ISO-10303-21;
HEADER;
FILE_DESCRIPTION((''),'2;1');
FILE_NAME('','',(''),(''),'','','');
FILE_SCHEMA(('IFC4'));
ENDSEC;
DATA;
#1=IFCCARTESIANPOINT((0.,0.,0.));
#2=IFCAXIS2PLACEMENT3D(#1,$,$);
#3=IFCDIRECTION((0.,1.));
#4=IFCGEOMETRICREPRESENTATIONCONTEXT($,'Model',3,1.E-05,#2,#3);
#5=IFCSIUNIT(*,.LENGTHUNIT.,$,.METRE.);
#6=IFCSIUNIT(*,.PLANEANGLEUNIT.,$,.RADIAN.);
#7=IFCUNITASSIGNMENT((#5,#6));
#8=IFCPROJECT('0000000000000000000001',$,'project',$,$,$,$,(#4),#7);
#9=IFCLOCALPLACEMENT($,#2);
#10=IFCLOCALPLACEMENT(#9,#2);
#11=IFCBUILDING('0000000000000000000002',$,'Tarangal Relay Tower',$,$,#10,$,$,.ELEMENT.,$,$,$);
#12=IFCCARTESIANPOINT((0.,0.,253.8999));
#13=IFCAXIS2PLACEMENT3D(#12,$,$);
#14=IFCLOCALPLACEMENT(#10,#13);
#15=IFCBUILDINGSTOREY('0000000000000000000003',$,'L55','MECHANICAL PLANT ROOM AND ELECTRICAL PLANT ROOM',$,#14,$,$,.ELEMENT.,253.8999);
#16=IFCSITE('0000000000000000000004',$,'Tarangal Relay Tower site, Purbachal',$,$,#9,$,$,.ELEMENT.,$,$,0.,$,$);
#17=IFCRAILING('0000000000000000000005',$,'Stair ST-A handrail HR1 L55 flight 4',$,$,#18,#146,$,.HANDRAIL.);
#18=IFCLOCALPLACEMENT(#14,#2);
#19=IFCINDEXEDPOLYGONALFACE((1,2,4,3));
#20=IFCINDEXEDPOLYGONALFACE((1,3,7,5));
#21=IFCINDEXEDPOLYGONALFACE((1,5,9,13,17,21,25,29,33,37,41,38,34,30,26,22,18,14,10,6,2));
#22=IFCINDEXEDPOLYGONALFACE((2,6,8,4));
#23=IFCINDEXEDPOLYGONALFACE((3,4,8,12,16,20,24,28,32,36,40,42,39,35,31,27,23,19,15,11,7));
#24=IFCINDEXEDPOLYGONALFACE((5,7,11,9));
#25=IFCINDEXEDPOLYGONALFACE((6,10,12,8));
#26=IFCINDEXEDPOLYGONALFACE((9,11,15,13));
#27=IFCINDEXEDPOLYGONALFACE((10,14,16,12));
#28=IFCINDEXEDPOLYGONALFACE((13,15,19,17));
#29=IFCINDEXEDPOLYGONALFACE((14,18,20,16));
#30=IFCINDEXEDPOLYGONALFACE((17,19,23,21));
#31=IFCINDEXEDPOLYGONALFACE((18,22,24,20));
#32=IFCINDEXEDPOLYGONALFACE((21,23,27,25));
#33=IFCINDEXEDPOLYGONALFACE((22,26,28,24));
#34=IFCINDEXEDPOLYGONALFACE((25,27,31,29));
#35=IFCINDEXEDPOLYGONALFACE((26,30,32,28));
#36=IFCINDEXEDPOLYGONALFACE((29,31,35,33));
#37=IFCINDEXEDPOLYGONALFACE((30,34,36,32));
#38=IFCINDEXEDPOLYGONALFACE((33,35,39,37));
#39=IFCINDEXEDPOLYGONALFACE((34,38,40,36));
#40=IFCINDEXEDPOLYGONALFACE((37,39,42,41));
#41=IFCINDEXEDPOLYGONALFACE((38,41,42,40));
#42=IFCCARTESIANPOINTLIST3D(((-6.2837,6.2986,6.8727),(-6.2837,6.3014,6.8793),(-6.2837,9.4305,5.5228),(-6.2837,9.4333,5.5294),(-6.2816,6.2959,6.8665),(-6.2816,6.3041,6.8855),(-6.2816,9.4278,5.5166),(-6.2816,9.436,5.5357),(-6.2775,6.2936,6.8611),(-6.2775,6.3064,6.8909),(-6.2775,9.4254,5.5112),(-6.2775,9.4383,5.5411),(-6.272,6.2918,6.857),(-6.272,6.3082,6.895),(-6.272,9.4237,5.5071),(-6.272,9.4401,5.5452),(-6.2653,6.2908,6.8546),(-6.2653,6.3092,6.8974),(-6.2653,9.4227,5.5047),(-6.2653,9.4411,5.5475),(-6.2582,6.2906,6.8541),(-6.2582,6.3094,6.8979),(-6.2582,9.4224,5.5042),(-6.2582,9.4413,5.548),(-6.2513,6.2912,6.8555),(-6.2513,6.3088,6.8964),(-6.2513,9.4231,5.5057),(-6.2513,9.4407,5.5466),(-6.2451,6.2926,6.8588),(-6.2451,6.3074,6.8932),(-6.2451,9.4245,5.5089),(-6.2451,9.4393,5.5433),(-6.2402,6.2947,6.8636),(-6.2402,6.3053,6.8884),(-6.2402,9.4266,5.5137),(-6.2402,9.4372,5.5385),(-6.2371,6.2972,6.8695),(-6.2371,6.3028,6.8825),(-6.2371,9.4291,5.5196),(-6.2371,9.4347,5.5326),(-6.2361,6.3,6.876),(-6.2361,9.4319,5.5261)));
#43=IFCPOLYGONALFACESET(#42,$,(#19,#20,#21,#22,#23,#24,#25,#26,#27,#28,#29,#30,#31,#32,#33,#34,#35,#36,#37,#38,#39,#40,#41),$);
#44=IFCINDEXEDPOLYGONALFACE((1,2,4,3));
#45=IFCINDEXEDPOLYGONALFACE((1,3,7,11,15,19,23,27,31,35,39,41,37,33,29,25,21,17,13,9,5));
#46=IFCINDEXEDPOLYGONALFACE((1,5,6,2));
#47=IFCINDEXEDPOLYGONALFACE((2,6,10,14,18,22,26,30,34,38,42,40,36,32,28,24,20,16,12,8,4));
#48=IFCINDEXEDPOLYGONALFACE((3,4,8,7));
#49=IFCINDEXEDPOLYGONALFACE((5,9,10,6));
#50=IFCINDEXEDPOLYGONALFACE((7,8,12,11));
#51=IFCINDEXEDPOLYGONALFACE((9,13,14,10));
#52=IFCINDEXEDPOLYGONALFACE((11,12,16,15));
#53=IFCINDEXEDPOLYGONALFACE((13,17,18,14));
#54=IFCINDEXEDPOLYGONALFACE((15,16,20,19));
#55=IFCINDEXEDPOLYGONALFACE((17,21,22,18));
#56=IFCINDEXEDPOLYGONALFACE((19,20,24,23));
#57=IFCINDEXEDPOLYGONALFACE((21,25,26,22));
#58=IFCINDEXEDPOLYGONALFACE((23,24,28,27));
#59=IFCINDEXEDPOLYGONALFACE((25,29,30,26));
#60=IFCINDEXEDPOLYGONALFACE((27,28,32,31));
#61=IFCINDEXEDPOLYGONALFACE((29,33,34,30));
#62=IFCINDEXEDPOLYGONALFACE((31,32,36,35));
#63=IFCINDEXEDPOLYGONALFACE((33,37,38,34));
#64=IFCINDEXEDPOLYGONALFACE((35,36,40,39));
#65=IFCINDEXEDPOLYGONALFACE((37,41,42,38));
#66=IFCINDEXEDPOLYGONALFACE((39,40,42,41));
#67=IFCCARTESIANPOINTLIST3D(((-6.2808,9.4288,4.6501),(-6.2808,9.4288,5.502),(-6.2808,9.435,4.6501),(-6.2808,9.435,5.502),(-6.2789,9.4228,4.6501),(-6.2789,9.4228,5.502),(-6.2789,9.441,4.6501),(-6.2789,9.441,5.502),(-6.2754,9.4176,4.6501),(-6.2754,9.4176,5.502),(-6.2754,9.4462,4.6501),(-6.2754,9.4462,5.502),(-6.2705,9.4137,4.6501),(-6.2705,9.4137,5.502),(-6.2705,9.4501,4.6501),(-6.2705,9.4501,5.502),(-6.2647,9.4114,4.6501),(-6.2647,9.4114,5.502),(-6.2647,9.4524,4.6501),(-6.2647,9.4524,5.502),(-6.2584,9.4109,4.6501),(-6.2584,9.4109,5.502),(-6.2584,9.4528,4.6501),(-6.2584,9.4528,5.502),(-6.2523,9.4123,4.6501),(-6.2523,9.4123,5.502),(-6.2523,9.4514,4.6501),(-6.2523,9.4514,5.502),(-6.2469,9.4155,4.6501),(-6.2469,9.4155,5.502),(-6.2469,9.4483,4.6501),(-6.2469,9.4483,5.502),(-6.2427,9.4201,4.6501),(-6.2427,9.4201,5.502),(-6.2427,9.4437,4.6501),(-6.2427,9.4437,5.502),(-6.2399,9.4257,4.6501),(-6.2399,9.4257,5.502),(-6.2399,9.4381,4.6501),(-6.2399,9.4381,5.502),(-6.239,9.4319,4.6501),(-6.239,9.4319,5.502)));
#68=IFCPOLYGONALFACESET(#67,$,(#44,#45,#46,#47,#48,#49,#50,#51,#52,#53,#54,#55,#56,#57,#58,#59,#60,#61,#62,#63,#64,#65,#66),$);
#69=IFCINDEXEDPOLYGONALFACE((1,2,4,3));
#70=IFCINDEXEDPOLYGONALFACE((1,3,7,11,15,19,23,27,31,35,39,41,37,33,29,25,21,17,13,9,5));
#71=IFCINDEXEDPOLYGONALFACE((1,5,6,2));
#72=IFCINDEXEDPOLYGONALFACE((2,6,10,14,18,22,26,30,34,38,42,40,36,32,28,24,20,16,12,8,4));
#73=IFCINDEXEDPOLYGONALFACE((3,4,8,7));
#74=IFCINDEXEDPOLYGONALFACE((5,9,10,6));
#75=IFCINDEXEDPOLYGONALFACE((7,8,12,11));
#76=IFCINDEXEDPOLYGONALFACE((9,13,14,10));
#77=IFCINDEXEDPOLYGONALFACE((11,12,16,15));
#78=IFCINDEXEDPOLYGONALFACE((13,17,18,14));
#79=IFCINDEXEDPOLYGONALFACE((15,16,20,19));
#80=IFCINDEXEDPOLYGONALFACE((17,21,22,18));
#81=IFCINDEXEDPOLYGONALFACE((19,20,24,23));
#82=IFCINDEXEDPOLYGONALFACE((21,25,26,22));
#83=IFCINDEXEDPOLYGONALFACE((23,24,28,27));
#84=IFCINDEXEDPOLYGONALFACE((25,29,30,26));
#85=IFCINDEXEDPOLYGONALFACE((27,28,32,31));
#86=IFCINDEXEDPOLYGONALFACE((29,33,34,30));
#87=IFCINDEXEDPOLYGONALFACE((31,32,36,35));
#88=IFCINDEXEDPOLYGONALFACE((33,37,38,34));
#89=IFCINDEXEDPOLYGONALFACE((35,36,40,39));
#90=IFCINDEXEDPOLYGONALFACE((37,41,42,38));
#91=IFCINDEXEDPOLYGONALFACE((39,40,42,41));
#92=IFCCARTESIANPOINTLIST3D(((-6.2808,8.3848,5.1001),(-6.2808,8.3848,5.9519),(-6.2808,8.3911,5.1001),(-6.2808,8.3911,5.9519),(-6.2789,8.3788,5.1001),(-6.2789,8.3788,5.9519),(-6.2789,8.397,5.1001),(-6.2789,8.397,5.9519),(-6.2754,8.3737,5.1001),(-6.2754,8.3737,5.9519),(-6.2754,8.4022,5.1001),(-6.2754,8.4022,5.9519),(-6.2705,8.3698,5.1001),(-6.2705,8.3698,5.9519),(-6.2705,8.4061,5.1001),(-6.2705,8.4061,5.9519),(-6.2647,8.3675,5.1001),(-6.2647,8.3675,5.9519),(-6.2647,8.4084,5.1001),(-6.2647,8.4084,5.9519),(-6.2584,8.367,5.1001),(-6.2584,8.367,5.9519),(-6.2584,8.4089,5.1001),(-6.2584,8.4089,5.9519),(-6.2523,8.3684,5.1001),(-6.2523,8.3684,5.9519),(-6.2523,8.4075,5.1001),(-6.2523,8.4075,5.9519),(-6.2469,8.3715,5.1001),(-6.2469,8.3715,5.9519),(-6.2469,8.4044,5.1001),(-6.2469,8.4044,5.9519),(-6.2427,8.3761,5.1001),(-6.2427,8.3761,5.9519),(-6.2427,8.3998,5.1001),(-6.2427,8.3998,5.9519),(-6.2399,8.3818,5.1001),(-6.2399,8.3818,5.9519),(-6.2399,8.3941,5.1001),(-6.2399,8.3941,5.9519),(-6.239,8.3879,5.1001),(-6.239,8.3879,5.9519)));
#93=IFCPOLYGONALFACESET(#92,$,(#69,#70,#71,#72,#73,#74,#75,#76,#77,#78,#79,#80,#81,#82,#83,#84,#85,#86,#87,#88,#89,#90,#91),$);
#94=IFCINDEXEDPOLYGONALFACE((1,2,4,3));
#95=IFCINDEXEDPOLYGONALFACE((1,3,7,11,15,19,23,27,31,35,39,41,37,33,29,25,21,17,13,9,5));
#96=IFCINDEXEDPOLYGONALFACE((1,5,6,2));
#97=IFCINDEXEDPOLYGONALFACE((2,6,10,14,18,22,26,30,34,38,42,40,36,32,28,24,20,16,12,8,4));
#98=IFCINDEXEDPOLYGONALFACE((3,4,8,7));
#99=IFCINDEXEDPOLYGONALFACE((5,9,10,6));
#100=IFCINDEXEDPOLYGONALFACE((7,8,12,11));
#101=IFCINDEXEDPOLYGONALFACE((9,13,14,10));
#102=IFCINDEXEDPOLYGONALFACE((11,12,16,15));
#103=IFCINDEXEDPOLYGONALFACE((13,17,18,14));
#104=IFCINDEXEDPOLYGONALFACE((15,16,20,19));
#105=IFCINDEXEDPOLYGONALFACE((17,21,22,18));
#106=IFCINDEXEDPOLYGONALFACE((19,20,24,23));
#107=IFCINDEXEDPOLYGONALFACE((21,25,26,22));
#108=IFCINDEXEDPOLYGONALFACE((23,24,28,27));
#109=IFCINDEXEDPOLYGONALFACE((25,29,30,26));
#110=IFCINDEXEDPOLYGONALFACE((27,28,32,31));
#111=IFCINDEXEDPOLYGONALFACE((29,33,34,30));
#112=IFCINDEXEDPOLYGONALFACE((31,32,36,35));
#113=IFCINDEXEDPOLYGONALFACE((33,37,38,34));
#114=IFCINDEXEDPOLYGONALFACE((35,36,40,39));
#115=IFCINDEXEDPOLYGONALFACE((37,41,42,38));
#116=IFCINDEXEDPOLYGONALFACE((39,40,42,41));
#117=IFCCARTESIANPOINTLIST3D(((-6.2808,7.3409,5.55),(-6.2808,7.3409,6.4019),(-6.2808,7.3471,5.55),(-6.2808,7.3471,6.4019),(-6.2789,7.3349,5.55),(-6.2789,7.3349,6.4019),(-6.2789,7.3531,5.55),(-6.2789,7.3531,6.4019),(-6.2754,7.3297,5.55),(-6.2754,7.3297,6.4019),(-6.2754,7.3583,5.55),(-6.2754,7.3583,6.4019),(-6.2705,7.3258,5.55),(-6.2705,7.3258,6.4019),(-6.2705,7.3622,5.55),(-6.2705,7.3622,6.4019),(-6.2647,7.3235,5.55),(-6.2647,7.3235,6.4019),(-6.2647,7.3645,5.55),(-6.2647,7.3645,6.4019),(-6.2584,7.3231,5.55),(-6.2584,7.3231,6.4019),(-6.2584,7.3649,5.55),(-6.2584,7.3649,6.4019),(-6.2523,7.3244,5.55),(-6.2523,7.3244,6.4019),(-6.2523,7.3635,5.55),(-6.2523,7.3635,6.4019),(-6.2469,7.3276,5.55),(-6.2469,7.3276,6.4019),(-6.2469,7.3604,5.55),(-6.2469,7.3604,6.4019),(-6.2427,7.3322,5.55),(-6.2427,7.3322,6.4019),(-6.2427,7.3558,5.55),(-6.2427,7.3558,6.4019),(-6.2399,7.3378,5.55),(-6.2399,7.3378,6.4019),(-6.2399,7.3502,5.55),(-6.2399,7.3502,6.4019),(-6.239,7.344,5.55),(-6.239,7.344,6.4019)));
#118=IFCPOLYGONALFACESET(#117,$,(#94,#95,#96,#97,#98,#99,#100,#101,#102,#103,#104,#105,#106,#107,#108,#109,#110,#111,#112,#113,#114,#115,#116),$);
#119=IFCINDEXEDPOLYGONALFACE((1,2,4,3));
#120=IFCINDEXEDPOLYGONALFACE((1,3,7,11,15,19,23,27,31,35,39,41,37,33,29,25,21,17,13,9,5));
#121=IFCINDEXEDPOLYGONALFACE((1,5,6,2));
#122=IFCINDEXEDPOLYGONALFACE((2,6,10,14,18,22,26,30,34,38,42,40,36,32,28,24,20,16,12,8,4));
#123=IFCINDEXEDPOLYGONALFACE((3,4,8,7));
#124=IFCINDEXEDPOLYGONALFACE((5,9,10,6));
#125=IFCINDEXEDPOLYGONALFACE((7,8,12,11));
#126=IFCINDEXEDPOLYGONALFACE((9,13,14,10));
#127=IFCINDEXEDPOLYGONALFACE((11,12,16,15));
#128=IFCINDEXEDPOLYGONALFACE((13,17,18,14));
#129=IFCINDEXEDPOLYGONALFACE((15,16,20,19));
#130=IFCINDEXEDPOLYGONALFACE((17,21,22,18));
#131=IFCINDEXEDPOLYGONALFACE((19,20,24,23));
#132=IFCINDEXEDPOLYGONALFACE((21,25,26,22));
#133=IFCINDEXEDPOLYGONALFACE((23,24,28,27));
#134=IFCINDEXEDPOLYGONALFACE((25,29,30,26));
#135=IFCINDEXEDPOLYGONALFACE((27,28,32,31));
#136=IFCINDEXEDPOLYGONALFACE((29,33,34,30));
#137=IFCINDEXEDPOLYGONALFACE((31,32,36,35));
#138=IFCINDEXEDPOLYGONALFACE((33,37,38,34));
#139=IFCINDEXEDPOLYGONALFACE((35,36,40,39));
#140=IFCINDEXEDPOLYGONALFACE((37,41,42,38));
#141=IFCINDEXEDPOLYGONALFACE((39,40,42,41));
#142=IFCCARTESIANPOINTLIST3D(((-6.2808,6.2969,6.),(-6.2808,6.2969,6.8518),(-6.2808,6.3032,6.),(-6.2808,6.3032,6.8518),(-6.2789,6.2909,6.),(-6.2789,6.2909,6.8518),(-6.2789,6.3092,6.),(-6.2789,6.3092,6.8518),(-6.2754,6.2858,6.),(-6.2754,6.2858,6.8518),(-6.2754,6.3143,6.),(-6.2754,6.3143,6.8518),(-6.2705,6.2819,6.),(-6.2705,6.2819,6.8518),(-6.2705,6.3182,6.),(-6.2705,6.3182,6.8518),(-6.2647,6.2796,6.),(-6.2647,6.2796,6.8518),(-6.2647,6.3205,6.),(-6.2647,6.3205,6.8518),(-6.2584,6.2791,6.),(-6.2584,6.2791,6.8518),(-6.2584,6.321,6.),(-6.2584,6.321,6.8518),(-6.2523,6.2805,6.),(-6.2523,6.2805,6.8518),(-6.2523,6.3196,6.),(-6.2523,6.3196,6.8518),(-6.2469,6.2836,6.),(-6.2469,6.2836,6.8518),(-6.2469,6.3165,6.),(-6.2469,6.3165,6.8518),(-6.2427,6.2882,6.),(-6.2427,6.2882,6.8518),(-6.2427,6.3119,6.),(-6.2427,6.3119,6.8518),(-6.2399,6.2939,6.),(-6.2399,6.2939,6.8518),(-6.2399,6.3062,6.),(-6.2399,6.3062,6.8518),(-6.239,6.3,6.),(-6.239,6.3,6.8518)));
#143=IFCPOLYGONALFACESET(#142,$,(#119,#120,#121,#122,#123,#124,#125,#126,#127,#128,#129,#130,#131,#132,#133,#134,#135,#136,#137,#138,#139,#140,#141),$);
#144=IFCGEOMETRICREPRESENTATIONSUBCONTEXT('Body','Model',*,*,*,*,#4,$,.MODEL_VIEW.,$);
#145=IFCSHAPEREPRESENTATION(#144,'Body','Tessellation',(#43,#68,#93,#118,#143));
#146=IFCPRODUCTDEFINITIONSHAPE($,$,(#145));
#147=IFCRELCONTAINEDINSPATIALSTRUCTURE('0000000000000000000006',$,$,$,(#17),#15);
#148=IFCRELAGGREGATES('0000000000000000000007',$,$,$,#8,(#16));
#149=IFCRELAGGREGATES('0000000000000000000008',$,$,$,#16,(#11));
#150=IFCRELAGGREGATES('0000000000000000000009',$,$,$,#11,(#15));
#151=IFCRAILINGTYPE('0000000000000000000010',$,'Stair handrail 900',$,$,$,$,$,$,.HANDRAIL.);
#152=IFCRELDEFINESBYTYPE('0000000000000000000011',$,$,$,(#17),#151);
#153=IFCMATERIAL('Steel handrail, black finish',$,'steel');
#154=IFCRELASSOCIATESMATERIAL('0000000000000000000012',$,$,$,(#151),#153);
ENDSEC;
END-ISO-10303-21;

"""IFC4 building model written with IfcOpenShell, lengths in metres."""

from ifc_helpers import new_model, si_unit, direction, frame, origin, origin_2d, place, context, subcontext, project, spatial, circle, extrude, material, type_object, element, save


model = new_model("IFC4")

# Units and contexts
model_context = context("Model", 3, precision=1e-05, world=origin(), true_north=direction((0.0, 1.0)))
body_context = subcontext(model_context, "Body", "Model", "MODEL_VIEW")
ifc_project = project(units=[si_unit("LENGTHUNIT", "METRE"), si_unit("PLANEANGLEUNIT", "RADIAN")], contexts=[model_context])

# Site, building, storey
site_placement = place(None, origin())
site = spatial("IfcSite", under=ifc_project, at=site_placement, Name="Tarangal Relay Tower site, Purbachal", CompositionType="ELEMENT", RefElevation=0.0)
building_placement = place(site_placement, origin())
building = spatial("IfcBuilding", under=site, at=building_placement, Name="Tarangal Relay Tower", CompositionType="ELEMENT")
storey_placement = place(building_placement, frame((0.0, 0.0, 253.8999)))
storey = spatial("IfcBuildingStorey", under=building, at=storey_placement, Name="L55", Description="MECHANICAL PLANT ROOM AND ELECTRICAL PLANT ROOM", CompositionType="ELEMENT", Elevation=253.8999)

# Railing
ifc_material_1 = material(Name="Steel handrail, black finish", Category="steel")
railing_type_1 = type_object("IfcRailingType", Name="Stair handrail 900", PredefinedType="HANDRAIL", material=ifc_material_1)
for number, where, name in (
    (1, (-6.26, 9.4319, 4.6501), "Stair ST-A handrail HR1 L55 flight 4"),
):
    element("IfcRailing", number, at=place(storey_placement, frame(where)), inside=storey, type_object=railing_type_1, Name=name, PredefinedType="HANDRAIL", context=body_context, shape_type="SweptSolid", body=[
        extrude(circle(Radius=0.0239, at=origin_2d()), frame((0.0, 0.0, 0.876), z_axis=(0.0, -0.918332, 0.395811), x_axis=(1.0, 0.0, 0.0)), (0.0, 0.0, 1.0), 3.4104),
        extrude(circle(Radius=0.021, at=origin_2d()), origin(), (0.0, 0.0, 1.0), 0.8518),
        extrude(circle(Radius=0.021, at=origin_2d()), frame((0.0, -1.0439, 0.45)), (0.0, 0.0, 1.0), 0.8518),
        extrude(circle(Radius=0.021, at=origin_2d()), frame((0.0, -2.0879, 0.8999)), (0.0, 0.0, 1.0), 0.8518),
        extrude(circle(Radius=0.021, at=origin_2d()), frame((0.0, -3.1318, 1.3499)), (0.0, 0.0, 1.0), 0.8518),
    ])

save(model, "model.ifc")
